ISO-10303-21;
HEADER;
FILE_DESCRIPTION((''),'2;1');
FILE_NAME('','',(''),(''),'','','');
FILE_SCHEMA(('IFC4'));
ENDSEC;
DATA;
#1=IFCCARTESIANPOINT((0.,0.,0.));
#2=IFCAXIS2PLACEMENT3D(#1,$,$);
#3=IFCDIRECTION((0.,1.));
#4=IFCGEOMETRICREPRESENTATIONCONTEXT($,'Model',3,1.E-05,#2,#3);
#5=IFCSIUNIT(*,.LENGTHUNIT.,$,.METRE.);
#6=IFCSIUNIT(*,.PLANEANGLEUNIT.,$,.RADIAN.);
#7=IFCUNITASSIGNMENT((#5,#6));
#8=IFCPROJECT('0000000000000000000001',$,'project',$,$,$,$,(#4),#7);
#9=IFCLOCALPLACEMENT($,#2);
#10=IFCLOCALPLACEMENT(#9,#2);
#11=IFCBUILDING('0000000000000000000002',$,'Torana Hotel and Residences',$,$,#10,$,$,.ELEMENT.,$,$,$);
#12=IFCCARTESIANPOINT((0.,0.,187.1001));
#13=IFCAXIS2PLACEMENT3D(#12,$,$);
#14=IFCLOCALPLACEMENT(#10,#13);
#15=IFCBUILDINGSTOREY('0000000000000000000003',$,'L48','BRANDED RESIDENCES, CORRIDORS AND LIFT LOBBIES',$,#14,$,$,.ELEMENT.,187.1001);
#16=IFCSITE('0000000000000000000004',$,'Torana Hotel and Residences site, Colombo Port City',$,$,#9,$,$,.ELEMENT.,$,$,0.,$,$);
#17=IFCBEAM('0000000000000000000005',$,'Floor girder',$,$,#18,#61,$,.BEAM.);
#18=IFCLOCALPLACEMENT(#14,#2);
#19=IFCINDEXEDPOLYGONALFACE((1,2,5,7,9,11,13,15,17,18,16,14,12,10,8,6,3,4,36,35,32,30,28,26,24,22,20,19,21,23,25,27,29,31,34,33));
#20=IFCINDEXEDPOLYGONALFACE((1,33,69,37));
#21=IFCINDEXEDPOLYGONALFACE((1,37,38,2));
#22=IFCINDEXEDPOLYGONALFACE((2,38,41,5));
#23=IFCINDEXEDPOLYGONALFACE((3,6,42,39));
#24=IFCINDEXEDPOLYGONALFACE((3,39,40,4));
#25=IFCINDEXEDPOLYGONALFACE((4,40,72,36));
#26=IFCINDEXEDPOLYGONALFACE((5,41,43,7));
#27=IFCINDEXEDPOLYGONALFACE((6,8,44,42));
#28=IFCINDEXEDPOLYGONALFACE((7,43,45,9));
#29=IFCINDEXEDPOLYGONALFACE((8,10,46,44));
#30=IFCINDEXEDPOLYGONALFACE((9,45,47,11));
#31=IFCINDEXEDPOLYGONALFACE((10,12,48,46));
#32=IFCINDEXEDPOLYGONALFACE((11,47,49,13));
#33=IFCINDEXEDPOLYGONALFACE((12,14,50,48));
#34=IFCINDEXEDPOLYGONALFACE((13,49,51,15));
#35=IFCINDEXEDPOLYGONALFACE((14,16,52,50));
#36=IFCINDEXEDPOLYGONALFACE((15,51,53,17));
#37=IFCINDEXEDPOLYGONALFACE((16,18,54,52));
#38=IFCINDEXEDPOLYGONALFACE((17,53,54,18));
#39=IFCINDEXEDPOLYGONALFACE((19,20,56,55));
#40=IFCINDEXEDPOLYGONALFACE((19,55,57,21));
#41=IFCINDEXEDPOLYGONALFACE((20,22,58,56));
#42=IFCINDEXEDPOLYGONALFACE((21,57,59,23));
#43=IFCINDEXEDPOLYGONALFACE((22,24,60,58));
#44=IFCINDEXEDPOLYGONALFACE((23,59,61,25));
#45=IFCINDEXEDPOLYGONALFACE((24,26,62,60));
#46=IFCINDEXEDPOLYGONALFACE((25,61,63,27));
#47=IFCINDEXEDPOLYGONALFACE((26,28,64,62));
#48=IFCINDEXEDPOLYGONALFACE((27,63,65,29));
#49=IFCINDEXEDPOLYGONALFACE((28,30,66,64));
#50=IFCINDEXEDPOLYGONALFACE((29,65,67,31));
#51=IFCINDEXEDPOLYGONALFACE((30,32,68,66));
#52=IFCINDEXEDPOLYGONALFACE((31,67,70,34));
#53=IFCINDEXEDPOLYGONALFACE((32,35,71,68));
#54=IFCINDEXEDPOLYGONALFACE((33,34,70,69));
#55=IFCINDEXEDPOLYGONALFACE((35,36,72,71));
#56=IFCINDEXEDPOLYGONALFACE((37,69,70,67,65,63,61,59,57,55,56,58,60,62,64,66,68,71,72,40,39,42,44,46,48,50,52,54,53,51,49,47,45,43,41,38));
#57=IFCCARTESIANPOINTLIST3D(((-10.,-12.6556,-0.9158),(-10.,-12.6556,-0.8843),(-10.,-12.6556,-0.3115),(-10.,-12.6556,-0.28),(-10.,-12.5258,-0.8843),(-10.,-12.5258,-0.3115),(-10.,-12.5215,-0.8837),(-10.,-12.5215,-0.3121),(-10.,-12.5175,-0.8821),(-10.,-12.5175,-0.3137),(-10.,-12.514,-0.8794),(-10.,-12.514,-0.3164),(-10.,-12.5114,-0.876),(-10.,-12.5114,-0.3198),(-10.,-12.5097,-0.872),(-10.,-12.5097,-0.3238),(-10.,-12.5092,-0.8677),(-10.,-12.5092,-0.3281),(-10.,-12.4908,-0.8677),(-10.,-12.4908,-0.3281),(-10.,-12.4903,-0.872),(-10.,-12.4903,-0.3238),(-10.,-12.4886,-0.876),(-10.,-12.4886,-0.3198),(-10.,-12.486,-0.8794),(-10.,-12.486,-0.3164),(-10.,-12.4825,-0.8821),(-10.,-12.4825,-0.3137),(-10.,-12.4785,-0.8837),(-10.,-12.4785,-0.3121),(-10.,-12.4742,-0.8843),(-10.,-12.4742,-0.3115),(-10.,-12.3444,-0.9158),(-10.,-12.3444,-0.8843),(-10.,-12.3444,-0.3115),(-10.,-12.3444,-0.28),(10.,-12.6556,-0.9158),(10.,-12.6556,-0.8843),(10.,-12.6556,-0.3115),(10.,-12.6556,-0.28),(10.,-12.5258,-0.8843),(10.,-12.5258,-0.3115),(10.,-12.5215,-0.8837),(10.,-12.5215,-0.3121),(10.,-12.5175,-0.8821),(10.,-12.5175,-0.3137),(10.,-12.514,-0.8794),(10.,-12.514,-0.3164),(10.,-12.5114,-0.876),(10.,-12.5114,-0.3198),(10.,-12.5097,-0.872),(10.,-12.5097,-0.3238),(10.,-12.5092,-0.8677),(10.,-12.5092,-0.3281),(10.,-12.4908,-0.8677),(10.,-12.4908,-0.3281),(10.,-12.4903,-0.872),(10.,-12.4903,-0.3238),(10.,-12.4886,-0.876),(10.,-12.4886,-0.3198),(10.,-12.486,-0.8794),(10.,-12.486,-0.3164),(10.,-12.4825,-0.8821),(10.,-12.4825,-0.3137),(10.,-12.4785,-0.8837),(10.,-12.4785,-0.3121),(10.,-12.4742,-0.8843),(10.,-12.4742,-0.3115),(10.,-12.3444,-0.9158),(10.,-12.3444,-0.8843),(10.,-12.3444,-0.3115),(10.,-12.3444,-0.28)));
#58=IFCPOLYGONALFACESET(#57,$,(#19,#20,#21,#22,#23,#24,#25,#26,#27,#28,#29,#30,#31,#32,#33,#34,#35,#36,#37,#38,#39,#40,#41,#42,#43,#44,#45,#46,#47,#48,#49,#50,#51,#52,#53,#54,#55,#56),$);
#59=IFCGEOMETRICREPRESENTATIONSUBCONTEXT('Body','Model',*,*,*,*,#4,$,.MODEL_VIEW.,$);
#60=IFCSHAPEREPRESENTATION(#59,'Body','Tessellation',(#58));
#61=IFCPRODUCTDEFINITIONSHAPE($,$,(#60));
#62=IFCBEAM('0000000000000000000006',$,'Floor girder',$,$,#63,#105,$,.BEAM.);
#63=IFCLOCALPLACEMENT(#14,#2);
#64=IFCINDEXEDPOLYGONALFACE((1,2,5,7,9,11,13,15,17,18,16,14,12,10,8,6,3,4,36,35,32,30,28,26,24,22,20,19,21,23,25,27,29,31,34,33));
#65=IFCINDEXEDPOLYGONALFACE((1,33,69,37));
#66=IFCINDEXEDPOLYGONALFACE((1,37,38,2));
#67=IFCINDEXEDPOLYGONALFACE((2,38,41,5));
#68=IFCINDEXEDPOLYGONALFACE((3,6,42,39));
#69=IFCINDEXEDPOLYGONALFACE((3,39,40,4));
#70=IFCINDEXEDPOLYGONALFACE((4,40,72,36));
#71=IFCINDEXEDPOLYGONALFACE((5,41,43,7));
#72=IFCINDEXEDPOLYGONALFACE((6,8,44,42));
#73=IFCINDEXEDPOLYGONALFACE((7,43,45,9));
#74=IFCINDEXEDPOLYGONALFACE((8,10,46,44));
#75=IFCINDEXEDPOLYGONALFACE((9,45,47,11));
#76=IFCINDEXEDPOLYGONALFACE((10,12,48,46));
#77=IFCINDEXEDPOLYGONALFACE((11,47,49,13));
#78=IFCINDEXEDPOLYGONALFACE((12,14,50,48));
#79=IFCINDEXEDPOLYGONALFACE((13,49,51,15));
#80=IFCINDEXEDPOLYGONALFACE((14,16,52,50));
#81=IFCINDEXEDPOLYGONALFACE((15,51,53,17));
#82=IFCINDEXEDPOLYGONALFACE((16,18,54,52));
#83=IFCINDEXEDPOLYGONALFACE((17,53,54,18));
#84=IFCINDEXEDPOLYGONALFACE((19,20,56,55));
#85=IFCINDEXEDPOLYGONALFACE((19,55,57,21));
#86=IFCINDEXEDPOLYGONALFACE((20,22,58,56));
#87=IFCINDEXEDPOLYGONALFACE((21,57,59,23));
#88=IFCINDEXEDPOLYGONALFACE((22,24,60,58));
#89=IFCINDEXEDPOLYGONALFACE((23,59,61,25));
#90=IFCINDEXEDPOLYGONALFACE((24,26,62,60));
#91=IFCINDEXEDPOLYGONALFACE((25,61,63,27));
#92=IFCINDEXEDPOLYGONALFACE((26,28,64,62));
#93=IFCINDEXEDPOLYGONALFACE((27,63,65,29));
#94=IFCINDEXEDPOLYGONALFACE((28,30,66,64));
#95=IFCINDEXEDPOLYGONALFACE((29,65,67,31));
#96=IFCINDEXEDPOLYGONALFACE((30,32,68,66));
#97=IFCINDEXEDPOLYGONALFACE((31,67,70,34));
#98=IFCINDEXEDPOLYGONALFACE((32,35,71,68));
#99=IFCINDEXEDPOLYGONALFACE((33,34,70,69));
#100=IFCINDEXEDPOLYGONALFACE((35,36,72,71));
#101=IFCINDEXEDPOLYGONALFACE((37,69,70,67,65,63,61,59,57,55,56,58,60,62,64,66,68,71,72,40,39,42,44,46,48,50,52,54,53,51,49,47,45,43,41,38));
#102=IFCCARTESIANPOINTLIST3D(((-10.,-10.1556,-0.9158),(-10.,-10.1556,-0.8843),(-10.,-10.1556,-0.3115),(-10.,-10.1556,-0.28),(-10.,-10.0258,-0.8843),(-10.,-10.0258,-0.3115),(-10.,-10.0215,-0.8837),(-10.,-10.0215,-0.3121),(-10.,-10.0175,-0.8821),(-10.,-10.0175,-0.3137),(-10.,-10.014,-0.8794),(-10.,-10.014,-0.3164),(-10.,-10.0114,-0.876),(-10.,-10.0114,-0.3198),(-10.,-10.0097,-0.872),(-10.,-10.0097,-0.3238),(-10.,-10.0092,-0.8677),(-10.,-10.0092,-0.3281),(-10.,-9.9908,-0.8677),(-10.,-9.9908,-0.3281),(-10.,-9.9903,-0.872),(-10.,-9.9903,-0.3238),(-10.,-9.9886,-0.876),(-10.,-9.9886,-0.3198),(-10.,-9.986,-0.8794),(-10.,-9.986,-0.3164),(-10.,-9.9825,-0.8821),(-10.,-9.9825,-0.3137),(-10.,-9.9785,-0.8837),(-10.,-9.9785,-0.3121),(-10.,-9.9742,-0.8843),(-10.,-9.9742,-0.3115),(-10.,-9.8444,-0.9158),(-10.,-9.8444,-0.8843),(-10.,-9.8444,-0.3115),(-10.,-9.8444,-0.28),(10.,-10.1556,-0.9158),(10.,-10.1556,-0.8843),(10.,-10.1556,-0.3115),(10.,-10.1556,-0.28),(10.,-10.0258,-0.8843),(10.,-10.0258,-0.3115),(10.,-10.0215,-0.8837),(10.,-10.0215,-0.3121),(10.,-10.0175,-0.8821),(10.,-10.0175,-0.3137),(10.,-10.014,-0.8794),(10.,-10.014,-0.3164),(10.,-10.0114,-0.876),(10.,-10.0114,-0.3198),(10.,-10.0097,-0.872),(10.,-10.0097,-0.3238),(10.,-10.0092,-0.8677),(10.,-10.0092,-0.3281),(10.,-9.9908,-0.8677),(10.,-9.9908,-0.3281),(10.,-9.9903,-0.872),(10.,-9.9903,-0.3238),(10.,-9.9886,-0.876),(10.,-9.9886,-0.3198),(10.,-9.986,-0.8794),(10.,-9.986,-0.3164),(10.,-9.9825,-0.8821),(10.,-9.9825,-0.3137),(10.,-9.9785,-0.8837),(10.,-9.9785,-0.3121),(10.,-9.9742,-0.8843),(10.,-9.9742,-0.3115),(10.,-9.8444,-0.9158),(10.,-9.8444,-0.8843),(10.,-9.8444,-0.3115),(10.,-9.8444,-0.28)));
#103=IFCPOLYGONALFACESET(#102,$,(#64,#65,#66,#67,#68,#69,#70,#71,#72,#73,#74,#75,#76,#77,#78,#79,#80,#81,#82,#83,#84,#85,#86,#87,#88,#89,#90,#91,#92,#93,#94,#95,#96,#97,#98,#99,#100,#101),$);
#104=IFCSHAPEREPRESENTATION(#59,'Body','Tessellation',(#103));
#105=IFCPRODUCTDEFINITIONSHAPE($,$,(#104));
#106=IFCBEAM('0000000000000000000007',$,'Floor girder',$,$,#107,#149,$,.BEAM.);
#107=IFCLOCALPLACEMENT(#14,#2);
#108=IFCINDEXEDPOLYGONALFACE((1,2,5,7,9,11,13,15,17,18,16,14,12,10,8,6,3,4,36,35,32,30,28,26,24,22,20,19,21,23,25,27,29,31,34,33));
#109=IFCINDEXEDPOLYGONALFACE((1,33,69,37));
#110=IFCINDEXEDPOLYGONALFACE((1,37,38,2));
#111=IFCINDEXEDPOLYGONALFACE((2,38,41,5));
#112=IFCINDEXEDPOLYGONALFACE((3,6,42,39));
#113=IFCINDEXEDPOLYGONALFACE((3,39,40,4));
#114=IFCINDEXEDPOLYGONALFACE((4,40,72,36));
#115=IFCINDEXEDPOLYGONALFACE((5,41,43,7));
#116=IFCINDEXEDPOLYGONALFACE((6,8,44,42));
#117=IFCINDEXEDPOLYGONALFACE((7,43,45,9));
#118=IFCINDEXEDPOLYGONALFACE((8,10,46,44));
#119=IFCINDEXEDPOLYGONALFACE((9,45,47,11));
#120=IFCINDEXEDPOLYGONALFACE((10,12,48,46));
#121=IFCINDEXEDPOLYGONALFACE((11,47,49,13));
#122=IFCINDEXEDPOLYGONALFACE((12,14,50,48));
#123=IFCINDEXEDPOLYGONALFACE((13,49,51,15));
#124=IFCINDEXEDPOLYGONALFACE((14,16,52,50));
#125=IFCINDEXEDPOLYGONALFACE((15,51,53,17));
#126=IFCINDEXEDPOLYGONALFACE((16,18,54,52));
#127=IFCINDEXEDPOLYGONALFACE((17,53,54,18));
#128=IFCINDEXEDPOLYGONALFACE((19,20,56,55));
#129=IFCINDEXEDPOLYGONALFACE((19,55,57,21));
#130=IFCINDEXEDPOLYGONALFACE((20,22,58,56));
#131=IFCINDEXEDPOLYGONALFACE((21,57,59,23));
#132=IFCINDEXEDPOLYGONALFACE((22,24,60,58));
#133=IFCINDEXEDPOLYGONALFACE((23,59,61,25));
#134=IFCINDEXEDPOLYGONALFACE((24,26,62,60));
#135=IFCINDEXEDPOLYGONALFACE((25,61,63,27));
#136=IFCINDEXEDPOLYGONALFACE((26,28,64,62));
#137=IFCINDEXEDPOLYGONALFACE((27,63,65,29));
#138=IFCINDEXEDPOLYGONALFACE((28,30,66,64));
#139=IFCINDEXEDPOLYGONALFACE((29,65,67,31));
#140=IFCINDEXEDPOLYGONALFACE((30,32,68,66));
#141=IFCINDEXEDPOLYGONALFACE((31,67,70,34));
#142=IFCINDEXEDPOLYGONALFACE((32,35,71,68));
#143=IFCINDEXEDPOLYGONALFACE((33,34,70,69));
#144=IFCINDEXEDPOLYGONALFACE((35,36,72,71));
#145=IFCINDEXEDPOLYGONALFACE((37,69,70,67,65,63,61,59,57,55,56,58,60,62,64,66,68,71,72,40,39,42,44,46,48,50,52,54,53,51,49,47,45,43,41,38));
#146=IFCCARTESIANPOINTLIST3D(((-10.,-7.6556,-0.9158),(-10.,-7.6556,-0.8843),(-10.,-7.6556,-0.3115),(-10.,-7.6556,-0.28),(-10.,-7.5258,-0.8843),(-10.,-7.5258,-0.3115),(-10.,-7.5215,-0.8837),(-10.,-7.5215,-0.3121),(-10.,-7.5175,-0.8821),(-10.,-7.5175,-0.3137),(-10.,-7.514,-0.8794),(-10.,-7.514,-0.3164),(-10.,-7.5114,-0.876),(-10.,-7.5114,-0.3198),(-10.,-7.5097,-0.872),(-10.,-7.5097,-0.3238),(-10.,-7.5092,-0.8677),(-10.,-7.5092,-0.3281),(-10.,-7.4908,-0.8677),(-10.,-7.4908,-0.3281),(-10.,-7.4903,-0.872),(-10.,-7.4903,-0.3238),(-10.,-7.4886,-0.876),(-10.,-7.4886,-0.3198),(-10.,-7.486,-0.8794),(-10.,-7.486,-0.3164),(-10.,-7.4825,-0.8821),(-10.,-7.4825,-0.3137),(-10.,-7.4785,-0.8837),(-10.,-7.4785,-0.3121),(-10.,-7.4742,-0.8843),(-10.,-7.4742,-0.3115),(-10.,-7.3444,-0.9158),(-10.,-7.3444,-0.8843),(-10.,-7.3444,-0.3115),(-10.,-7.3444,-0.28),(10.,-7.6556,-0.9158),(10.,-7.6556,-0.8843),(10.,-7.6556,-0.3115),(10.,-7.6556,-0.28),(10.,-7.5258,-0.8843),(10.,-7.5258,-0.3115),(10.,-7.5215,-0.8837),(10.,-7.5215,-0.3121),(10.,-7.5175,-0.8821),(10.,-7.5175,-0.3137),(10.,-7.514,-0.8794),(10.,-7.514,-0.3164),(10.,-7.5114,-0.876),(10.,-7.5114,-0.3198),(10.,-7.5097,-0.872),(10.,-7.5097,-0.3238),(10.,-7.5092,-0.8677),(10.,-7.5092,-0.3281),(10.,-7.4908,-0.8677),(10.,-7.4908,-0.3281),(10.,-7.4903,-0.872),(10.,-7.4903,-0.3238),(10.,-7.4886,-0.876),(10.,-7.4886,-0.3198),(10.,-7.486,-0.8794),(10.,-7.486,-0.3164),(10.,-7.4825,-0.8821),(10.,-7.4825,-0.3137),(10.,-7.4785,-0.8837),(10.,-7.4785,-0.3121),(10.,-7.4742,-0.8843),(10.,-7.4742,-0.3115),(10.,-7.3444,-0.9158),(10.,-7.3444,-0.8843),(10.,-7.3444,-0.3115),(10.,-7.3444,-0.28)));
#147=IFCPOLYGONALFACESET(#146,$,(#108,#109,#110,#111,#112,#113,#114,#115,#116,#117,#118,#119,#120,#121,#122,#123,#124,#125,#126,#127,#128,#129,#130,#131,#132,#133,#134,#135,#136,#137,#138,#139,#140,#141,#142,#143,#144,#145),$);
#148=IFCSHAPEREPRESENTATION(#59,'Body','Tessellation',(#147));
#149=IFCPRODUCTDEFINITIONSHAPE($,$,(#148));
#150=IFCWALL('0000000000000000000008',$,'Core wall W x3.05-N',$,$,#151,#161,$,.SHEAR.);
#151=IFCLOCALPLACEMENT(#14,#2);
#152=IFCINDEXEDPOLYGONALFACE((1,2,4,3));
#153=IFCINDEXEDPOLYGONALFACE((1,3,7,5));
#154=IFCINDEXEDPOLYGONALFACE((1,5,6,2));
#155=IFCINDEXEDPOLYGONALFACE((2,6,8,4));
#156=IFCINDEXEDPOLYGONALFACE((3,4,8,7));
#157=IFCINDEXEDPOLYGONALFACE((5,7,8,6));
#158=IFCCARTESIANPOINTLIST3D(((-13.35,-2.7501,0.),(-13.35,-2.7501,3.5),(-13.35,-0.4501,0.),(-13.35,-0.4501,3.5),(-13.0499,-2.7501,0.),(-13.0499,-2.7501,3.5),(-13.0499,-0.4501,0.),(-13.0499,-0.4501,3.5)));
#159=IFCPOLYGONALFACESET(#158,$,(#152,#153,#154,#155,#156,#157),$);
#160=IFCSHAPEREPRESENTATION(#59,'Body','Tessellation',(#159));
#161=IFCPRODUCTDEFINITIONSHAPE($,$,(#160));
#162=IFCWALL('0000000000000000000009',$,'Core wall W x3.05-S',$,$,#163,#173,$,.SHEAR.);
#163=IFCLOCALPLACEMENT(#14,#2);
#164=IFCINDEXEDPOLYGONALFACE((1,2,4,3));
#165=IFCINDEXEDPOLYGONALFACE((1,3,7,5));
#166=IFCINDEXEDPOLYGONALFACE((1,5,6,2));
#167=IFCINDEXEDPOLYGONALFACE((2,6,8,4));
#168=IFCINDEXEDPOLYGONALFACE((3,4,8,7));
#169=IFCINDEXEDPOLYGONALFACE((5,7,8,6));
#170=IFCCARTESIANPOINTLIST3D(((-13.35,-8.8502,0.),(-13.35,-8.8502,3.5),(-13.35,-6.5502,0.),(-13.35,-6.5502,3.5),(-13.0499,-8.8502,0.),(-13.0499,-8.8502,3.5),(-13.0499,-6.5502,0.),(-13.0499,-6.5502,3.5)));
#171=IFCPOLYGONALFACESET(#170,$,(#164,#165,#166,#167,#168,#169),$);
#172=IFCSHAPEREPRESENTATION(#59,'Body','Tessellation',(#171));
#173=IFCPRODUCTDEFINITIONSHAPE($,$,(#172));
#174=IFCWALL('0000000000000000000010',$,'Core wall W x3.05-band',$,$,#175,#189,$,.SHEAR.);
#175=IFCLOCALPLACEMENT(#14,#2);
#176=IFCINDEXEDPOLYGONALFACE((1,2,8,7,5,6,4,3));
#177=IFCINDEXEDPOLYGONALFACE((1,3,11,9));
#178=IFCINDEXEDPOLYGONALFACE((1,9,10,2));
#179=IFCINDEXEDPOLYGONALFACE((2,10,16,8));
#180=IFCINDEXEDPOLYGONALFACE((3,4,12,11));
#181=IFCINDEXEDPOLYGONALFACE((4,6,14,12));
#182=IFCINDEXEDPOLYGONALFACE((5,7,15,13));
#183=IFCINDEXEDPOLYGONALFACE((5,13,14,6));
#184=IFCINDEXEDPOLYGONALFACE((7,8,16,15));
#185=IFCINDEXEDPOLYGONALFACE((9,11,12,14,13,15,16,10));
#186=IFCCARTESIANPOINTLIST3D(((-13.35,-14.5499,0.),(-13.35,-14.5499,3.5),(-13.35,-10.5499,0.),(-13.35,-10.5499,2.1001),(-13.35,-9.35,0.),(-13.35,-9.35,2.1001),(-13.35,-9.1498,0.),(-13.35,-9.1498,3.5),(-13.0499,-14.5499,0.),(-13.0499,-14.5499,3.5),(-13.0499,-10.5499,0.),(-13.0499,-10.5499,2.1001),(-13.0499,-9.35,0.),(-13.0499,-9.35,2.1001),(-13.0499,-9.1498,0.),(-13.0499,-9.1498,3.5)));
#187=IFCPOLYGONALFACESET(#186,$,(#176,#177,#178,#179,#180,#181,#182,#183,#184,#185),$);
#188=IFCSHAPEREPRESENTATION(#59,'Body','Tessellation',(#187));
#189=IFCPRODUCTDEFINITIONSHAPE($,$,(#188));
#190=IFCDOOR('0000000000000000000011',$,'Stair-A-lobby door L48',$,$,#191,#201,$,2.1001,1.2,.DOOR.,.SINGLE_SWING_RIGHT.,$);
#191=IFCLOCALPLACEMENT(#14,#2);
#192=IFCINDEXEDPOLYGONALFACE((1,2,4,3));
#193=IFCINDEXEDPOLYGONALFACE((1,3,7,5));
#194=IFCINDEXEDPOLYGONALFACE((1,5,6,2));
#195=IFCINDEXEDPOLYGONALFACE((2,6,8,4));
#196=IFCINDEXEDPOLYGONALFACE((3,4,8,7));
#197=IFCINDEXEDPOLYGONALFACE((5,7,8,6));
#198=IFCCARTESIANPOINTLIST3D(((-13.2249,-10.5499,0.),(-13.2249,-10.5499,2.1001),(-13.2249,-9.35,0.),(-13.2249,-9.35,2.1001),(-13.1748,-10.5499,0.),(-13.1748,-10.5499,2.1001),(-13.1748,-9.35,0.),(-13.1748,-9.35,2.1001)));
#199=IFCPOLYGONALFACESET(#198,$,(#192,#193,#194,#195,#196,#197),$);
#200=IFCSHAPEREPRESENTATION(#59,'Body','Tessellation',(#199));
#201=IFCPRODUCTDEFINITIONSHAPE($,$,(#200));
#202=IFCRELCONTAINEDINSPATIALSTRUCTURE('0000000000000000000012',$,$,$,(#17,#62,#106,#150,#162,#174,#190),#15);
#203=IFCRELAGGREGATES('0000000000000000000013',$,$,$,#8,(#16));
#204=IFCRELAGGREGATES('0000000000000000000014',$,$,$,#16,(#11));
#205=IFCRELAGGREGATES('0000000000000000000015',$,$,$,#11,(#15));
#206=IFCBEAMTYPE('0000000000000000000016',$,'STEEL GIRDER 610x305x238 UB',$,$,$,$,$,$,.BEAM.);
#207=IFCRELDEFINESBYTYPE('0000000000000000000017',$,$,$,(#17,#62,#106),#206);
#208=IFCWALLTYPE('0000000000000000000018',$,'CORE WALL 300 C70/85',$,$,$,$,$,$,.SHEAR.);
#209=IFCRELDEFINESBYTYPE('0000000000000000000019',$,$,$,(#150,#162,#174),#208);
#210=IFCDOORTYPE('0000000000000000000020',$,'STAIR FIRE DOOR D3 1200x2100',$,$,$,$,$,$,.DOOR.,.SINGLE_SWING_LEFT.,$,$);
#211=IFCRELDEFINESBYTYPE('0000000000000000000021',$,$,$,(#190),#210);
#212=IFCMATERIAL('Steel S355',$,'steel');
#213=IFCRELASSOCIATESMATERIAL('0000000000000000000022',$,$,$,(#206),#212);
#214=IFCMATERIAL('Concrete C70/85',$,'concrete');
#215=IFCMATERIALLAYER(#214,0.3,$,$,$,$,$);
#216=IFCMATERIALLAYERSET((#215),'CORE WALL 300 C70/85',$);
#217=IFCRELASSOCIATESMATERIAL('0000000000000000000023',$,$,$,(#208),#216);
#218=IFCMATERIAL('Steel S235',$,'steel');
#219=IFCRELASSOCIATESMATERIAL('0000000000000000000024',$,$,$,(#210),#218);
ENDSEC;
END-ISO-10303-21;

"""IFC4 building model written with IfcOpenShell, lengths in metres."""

from ifc_helpers import new_model, si_unit, direction, frame, frame_2d, origin, origin_2d, place, context, subcontext, project, spatial, rectangle, i_section, extrude, material, layer, layer_set, material_profile, profile_set, type_object, element, fill, save


model = new_model("IFC4")

# Units and contexts
model_context = context("Model", 3, precision=1e-05, world=origin(), true_north=direction((0.0, 1.0)))
body_context = subcontext(model_context, "Body", "Model", "MODEL_VIEW")
ifc_project = project(units=[si_unit("LENGTHUNIT", "METRE"), si_unit("PLANEANGLEUNIT", "RADIAN")], contexts=[model_context])

# Site, building, storey
site_placement = place(None, origin())
site = spatial("IfcSite", under=ifc_project, at=site_placement, Name="Torana Hotel and Residences site, Colombo Port City", CompositionType="ELEMENT", RefElevation=0.0)
building_placement = place(site_placement, origin())
building = spatial("IfcBuilding", under=site, at=building_placement, Name="Torana Hotel and Residences", CompositionType="ELEMENT")
storey_placement = place(building_placement, frame((0.0, 0.0, 187.1001)))
storey = spatial("IfcBuildingStorey", under=building, at=storey_placement, Name="L48", Description="BRANDED RESIDENCES, CORRIDORS AND LIFT LOBBIES", CompositionType="ELEMENT", Elevation=187.1001)

# Beams
ifc_material_1 = material(Name="Steel S355", Category="steel")
ifc_material_profile = material_profile(ifc_material_1, i_section(OverallWidth=0.3113, OverallDepth=0.6357, WebThickness=0.0183, FlangeThickness=0.0315, FilletRadius=0.0166, at=origin_2d()), Name="610x305x238 UB")
ifc_profile_set = profile_set([ifc_material_profile], Name="Steel S355")
beam_type = type_object("IfcBeamType", Name="STEEL GIRDER 610x305x238 UB", PredefinedType="BEAM", material=ifc_profile_set)
for number, where, z_axis, x_axis, name in (
    (1, (-10.0, -12.5, -0.5979), (1.0, 0.0, 0.0), (0.0, 1.0, 0.0), "Floor girder"),
    (2, (-10.0, -10.0, -0.5979), (1.0, 0.0, 0.0), (0.0, 1.0, 0.0), "Floor girder"),
    (3, (-10.0, -7.5, -0.5979), (1.0, 0.0, 0.0), (0.0, 1.0, 0.0), "Floor girder"),
):
    element("IfcBeam", number, at=place(storey_placement, frame(where, z_axis=z_axis, x_axis=x_axis)), inside=storey, type_object=beam_type, Name=name, PredefinedType="BEAM", context=body_context, shape_type="SweptSolid", body=[
        extrude(i_section(OverallWidth=0.3113, OverallDepth=0.6357, WebThickness=0.0183, FlangeThickness=0.0315, FilletRadius=0.0166, at=origin_2d()), origin(), (0.0, 0.0, 1.0), 20.0),
    ])

# Walls
ifc_material_2 = material(Name="Concrete C70/85", Category="concrete")
ifc_layer_1 = layer(ifc_material_2, 0.3)
ifc_layer_set_1 = layer_set([ifc_layer_1], Name="CORE WALL 300 C70/85")
wall_type_1 = type_object("IfcWallType", Name="CORE WALL 300 C70/85", PredefinedType="SHEAR", material=ifc_layer_set_1)
for number, where, z_axis, x_axis, name in (
    (4, (-13.2, -2.75, 0.0), (0.0, 0.0, 1.0), (0.0, 1.0, 0.0), "Core wall W x3.05-N"),
    (5, (-13.2, -8.8501, 0.0), (0.0, 0.0, 1.0), (0.0, 1.0, 0.0), "Core wall W x3.05-S"),
):
    element("IfcWall", number, at=place(storey_placement, frame(where, z_axis=z_axis, x_axis=x_axis)), inside=storey, type_object=wall_type_1, Name=name, PredefinedType="SHEAR", context=body_context, shape_type="SweptSolid", body=[
        extrude(rectangle(XDim=2.3, YDim=0.3, at=frame_2d((1.1499, 0.0))), origin(), (0.0, 0.0, 1.0), 3.5),
    ])

# Wall, opening, door
wall_1_placement = place(storey_placement, frame((-13.2, -14.55, 0.0), z_axis=(0.0, 0.0, 1.0), x_axis=(0.0, 1.0, 0.0)))
wall_1 = element("IfcWall", 6, at=wall_1_placement, inside=storey, type_object=wall_type_1, Name="Core wall W x3.05-band", PredefinedType="SHEAR", context=body_context, shape_type="SweptSolid", body=[
    extrude(rectangle(XDim=5.4001, YDim=0.3, at=frame_2d((2.7002, 0.0))), origin(), (0.0, 0.0, 1.0), 3.5),
])
opening_1_placement = place(wall_1_placement, frame((4.0, 0.0, 0.0)))
opening_1 = element("IfcOpeningElement", 7, at=opening_1_placement, cuts=wall_1, PredefinedType="OPENING", context=body_context, shape_type="SweptSolid", body=[
    extrude(rectangle(XDim=1.2, YDim=2.1001, at=frame_2d((0.6001, 1.05))), frame((0.0, 0.1599, 0.0), z_axis=(0.0, -1.0, 0.0), x_axis=(1.0, 0.0, 0.0)), (0.0, 0.0, 1.0), 0.3201),
])
ifc_material_3 = material(Name="Steel S235", Category="steel")
door_type_1 = type_object("IfcDoorType", Name="STAIR FIRE DOOR D3 1200x2100", OperationType="SINGLE_SWING_LEFT", PredefinedType="DOOR", material=ifc_material_3)
door_1_placement = place(opening_1_placement, frame((0.6001, 0.0, 0.0), z_axis=(0.0, 0.0, 1.0), x_axis=(-1.0, 0.0, 0.0)))
door_1 = element("IfcDoor", 8, at=door_1_placement, inside=storey, type_object=door_type_1, Name="Stair-A-lobby door L48", OperationType="SINGLE_SWING_RIGHT", OverallHeight=2.1001, OverallWidth=1.2, PredefinedType="DOOR", context=body_context, shape_type="SweptSolid", body=[
    extrude(rectangle(XDim=1.2, YDim=2.1001, at=frame_2d((0.0, 1.05))), frame((0.0, -0.0249, 0.0), z_axis=(0.0, 1.0, 0.0), x_axis=(-1.0, 0.0, 0.0)), (0.0, 0.0, 1.0), 0.05),
])
fill(opening_1, door_1)

save(model, "model.ifc")
